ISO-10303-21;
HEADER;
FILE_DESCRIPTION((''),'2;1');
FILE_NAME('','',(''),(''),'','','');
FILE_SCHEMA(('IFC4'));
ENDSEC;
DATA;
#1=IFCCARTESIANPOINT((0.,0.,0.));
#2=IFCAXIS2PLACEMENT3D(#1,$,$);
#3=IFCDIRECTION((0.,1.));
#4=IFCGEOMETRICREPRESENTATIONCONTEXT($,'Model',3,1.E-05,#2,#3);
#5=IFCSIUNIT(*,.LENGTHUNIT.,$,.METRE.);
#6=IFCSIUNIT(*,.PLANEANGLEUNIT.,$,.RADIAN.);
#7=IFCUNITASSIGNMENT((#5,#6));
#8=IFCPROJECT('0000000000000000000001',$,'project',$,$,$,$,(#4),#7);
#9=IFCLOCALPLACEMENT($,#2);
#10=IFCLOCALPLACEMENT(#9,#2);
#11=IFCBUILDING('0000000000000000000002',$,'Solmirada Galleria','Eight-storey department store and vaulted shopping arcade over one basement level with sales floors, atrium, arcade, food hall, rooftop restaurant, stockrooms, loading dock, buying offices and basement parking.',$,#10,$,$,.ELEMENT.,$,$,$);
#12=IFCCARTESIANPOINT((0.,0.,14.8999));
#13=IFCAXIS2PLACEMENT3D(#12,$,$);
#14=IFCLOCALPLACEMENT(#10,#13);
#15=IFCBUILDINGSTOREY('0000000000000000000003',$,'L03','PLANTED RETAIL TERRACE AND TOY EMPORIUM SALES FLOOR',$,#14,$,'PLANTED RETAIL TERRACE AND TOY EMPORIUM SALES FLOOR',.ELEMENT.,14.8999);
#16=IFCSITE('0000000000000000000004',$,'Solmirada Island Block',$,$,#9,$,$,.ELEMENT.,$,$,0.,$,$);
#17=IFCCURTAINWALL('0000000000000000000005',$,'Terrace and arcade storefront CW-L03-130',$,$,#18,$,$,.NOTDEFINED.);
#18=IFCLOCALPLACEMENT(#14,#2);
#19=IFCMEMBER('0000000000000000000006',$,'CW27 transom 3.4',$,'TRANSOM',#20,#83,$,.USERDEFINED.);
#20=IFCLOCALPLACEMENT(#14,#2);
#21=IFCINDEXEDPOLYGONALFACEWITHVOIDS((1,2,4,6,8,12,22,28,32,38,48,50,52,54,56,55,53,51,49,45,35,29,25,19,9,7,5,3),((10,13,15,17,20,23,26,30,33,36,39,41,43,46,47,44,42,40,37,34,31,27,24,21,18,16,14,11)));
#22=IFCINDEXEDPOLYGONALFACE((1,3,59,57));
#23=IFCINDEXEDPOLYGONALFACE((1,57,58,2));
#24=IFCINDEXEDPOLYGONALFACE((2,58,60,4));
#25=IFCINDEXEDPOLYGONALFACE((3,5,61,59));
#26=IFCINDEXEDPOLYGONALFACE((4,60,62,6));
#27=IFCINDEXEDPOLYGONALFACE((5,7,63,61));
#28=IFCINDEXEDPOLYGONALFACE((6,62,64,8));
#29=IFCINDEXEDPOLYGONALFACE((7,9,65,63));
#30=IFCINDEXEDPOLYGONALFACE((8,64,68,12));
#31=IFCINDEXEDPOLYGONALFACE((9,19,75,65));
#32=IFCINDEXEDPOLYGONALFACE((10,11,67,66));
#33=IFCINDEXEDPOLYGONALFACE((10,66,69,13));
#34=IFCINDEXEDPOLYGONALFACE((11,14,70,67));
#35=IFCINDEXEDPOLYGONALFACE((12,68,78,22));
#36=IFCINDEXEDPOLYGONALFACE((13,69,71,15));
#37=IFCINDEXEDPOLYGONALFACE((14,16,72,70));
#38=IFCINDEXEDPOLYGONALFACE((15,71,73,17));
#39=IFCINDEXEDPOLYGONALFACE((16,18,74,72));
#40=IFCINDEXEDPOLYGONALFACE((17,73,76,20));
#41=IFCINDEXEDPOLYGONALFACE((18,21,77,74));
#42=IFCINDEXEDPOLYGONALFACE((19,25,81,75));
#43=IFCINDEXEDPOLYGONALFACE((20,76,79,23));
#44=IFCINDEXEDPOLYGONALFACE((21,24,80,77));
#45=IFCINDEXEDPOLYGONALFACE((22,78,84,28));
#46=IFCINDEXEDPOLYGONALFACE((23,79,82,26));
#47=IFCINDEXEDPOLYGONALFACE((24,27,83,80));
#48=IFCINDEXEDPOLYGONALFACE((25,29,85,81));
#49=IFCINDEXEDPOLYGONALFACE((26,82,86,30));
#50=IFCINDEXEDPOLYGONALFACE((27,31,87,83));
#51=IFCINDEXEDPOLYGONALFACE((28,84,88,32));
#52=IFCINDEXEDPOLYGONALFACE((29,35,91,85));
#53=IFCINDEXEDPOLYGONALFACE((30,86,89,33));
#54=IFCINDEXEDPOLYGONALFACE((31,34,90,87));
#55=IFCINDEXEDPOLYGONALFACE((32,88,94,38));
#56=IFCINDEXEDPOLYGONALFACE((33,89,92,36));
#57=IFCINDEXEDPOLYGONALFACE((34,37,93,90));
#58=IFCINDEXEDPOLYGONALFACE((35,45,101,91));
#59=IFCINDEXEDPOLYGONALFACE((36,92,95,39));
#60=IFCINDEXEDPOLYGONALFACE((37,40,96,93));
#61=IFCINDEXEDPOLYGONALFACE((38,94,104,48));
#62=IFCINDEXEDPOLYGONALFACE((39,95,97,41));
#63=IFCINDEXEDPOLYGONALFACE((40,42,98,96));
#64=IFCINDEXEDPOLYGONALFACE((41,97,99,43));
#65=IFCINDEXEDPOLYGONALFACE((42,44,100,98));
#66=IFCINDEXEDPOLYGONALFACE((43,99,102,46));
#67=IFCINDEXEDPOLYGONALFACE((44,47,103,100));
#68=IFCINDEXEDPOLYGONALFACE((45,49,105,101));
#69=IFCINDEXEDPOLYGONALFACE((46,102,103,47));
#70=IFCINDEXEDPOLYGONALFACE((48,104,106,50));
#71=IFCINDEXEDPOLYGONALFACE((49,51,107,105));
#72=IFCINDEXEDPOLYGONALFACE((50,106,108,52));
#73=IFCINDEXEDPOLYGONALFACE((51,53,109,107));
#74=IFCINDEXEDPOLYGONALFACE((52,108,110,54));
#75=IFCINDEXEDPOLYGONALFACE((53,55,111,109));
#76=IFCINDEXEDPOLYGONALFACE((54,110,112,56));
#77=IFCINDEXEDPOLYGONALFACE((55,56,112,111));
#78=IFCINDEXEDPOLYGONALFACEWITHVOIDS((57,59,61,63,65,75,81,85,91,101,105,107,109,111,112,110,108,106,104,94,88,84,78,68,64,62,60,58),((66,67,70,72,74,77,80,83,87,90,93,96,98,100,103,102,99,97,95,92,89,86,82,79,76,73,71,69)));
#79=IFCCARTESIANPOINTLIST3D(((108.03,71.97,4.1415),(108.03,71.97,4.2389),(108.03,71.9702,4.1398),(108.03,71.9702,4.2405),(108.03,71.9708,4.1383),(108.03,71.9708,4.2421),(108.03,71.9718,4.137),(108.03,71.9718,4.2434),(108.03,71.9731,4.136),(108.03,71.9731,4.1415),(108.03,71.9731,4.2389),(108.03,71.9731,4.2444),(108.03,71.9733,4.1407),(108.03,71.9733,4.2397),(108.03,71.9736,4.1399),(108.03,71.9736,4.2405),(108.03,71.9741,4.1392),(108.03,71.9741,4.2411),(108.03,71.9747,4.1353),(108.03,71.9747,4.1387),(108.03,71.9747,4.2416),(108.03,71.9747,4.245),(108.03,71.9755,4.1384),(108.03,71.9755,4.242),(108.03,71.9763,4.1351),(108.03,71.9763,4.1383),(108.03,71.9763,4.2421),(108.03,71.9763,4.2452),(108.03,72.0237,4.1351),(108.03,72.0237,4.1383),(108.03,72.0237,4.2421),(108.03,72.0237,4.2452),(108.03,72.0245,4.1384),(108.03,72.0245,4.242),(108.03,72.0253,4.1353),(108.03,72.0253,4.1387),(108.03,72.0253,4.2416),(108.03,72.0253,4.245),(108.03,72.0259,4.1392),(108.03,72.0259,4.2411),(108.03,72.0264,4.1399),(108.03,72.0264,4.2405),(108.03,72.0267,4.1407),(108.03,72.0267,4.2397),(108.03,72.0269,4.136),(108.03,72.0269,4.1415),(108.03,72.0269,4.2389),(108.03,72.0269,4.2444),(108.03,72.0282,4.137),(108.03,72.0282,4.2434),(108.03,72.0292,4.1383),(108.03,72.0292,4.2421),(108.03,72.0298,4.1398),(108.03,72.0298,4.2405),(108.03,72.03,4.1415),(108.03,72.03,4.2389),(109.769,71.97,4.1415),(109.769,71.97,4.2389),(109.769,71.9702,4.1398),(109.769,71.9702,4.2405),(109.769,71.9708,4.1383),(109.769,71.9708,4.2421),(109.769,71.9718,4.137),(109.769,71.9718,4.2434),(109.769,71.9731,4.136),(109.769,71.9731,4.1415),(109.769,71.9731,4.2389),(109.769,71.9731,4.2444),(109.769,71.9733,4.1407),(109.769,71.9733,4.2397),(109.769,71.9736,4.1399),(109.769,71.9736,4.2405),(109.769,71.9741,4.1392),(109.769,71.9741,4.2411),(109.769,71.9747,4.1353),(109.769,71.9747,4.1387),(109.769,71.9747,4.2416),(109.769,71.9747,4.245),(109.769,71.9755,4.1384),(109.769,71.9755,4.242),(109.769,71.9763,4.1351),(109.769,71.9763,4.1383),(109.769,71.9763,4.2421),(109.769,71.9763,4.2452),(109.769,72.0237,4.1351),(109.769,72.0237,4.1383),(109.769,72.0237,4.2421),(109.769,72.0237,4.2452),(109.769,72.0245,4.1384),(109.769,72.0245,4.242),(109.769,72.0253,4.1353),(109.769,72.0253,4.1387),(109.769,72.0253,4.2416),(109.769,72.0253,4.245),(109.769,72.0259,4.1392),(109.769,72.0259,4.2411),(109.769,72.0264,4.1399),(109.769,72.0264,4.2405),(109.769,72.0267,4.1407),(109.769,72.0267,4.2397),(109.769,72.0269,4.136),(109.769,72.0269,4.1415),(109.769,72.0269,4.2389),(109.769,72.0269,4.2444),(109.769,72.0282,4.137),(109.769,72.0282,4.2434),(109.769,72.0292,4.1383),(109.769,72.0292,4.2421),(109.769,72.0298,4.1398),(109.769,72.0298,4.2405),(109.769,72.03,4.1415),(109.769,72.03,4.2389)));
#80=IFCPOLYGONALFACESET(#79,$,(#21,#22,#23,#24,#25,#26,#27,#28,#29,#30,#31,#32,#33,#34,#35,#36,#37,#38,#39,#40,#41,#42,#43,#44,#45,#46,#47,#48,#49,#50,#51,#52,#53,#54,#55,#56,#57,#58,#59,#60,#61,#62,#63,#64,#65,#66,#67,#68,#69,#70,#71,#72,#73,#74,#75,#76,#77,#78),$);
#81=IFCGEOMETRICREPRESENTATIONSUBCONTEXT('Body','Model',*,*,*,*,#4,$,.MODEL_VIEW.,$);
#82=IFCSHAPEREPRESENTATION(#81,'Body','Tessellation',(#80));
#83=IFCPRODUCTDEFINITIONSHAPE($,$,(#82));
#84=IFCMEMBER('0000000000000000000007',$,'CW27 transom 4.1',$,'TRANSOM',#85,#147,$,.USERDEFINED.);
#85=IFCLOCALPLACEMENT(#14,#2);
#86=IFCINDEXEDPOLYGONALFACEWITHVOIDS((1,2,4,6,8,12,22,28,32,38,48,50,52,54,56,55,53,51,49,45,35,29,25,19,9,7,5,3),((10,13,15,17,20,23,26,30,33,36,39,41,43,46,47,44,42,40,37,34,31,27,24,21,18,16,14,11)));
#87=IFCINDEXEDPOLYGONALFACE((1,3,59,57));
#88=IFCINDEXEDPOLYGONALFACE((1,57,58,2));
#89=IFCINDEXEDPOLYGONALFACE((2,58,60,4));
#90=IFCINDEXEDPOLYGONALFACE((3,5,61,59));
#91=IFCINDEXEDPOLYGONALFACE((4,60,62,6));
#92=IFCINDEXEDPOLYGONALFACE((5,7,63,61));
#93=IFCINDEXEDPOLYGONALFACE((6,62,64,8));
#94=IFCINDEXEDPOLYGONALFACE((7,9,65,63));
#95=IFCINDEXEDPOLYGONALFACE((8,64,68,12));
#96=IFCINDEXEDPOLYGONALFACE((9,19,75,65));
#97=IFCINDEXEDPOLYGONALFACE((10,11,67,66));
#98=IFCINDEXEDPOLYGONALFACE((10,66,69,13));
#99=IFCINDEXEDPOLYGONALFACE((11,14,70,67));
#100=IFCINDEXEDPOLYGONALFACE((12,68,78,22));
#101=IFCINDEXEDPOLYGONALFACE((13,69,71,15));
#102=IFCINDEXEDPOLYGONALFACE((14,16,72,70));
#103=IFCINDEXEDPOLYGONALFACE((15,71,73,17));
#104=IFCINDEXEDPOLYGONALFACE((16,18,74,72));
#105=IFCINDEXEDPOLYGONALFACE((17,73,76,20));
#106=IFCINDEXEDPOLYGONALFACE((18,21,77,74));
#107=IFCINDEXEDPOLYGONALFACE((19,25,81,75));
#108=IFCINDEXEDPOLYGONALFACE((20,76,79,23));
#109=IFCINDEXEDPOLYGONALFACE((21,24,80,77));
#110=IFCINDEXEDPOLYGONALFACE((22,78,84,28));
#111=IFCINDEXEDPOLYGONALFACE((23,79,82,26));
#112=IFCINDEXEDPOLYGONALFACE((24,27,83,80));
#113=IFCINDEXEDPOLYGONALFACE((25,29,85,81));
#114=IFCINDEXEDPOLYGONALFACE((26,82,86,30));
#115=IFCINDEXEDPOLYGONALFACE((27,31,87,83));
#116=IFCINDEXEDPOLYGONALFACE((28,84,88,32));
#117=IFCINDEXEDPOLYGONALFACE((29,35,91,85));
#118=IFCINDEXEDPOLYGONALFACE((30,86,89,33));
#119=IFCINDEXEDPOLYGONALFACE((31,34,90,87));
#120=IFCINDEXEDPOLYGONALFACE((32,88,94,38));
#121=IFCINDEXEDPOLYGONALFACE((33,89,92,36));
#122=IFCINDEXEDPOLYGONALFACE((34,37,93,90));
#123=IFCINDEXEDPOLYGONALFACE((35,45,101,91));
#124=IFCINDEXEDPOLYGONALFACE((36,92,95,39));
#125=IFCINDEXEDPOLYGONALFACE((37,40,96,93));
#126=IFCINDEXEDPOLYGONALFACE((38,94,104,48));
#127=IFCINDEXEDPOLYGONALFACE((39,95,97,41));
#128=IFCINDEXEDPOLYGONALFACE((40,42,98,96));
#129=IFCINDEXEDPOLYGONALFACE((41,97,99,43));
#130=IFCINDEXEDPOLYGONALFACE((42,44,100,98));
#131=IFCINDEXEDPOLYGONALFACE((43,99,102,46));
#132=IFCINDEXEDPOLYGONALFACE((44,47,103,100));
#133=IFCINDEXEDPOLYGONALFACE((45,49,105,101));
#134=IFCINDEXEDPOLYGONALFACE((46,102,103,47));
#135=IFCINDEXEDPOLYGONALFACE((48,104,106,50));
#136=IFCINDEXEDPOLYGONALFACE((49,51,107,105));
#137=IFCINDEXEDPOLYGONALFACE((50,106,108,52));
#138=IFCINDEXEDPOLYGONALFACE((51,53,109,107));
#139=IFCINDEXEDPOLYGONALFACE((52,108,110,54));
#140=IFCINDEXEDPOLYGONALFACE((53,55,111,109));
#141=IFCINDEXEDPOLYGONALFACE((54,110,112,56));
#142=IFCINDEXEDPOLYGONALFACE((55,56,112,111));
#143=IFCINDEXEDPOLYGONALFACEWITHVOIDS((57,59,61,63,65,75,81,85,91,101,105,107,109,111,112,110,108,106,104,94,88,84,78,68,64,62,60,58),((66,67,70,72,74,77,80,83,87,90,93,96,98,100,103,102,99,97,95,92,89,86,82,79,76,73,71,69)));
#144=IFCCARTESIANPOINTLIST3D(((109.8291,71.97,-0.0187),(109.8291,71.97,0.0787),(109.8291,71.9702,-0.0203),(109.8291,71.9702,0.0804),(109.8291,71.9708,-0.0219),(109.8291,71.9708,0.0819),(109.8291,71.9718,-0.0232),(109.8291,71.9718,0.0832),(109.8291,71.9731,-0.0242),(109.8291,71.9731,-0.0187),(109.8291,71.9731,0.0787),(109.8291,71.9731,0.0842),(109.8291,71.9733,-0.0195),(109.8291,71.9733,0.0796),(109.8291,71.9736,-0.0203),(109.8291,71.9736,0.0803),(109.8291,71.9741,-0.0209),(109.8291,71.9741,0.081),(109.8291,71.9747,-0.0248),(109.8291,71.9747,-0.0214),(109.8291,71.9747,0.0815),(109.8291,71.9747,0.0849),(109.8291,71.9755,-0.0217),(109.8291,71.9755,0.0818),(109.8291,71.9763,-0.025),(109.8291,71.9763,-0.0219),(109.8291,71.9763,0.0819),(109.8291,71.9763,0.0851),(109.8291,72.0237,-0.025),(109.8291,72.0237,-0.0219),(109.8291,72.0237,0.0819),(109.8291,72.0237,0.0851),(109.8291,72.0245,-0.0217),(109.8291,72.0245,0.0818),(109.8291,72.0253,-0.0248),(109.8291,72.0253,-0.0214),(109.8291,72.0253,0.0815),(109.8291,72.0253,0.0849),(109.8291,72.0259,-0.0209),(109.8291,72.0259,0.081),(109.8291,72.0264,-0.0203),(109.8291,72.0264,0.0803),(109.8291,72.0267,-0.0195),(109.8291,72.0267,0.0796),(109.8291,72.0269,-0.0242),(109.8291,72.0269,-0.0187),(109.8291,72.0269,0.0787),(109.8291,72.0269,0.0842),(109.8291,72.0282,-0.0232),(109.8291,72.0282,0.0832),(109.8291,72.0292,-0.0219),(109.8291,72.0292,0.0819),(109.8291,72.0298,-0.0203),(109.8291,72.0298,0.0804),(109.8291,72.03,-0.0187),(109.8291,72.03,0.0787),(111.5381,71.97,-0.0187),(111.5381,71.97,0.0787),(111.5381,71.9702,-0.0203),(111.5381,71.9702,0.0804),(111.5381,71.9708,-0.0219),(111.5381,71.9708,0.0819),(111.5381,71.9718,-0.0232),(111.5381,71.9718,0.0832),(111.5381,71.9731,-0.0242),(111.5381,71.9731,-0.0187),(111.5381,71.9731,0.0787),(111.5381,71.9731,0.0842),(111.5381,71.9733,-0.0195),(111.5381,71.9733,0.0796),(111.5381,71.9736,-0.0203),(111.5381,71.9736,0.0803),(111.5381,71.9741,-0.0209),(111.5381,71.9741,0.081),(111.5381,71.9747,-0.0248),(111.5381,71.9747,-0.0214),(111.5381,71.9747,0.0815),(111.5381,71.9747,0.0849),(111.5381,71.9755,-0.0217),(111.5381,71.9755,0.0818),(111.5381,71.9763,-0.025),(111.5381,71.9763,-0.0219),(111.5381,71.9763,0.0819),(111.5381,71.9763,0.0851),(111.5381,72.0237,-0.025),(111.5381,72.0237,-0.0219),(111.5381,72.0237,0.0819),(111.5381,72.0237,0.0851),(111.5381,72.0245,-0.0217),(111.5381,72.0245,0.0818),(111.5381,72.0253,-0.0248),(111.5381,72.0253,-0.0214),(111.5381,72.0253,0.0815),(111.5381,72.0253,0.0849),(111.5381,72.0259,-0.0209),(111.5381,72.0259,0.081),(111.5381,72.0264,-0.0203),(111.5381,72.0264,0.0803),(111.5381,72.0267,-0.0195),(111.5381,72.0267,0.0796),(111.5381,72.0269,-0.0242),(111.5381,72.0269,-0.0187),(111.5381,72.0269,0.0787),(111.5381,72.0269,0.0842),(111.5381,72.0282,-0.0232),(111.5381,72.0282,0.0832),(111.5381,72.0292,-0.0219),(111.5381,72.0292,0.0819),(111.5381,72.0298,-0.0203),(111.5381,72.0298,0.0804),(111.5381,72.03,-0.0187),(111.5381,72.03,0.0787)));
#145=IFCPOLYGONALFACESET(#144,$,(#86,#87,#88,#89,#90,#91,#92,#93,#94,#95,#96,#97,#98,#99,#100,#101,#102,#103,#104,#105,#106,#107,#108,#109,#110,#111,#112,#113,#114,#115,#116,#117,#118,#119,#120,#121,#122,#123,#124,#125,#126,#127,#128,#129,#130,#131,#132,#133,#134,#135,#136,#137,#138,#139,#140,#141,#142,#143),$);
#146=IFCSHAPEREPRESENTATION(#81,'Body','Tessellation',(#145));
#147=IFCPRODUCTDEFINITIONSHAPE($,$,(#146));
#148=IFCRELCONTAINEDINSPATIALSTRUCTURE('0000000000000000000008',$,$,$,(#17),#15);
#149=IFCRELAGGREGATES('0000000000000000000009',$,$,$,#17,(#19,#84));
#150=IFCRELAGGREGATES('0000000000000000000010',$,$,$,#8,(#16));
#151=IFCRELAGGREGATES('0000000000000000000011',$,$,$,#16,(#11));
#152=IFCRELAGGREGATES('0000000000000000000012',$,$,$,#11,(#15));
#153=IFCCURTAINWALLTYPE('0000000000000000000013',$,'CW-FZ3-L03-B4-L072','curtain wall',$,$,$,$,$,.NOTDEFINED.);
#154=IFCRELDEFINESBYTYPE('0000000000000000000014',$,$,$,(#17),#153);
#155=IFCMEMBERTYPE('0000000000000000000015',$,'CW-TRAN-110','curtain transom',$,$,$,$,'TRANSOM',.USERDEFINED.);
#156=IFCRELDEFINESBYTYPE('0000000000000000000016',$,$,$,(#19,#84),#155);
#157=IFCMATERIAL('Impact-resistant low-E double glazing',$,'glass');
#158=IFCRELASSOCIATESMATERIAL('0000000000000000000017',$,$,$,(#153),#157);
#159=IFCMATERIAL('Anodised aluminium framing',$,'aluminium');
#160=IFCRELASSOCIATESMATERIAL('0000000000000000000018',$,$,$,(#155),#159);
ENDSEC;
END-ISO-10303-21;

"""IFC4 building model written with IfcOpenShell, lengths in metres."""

from ifc_helpers import new_model, si_unit, direction, frame, origin, origin_2d, place, context, subcontext, project, spatial, hollow_rectangle, extrude, material, material_profile, profile_set, type_object, element, aggregate, save


model = new_model("IFC4")

# Units and contexts
model_context = context("Model", 3, precision=1e-05, world=origin(), true_north=direction((0.0, 1.0)))
body_context = subcontext(model_context, "Body", "Model", "MODEL_VIEW")
ifc_project = project(units=[si_unit("LENGTHUNIT", "METRE"), si_unit("PLANEANGLEUNIT", "RADIAN")], contexts=[model_context])

# Site, building, storey
site_placement = place(None, origin())
site = spatial("IfcSite", under=ifc_project, at=site_placement, Name="Solmirada Island Block", CompositionType="ELEMENT", RefElevation=0.0)
building_placement = place(site_placement, origin())
building = spatial("IfcBuilding", under=site, at=building_placement, Name="Solmirada Galleria", Description="Eight-storey department store and vaulted shopping arcade over one basement level with sales floors, atrium, arcade, food hall, rooftop restaurant, stockrooms, loading dock, buying offices and basement parking.", CompositionType="ELEMENT")
storey_placement = place(building_placement, frame((0.0, 0.0, 14.8999)))
storey = spatial("IfcBuildingStorey", under=building, at=storey_placement, Name="L03", Description="PLANTED RETAIL TERRACE AND TOY EMPORIUM SALES FLOOR", LongName="PLANTED RETAIL TERRACE AND TOY EMPORIUM SALES FLOOR", CompositionType="ELEMENT", Elevation=14.8999)

# Shared definitions
ifc_material_1 = material(Name="Impact-resistant low-E double glazing", Category="glass")
ifc_material_2 = material(Name="Anodised aluminium framing", Category="aluminium")

# Curtain wall
curtain_wall_type_1 = type_object("IfcCurtainWallType", Name="CW-FZ3-L03-B4-L072", Description="curtain wall", PredefinedType="NOTDEFINED", material=ifc_material_1)
curtain_wall_1_placement = place(storey_placement, origin())
curtain_wall_1 = element("IfcCurtainWall", 1, at=curtain_wall_1_placement, inside=storey, type_object=curtain_wall_type_1, Name="Terrace and arcade storefront CW-L03-130", PredefinedType="NOTDEFINED")

# Members
ifc_material_profile_1 = material_profile(ifc_material_2, hollow_rectangle(XDim=0.0601, YDim=0.1101, WallThickness=0.0032, InnerFilletRadius=0.0032, OuterFilletRadius=0.0063, at=origin_2d()), Name="ALU-TRAN-110X60")
ifc_profile_set_1 = profile_set([ifc_material_profile_1], Name="Anodised aluminium framing")
member_type_1 = type_object("IfcMemberType", Name="CW-TRAN-110", Description="curtain transom", ElementType="TRANSOM", PredefinedType="USERDEFINED", material=ifc_profile_set_1)
member_1_placement = place(storey_placement, frame((108.03, 72.0, 4.1902), z_axis=(1.0, 0.0, 0.0), x_axis=(0.0, 1.0, 0.0)))
member_1 = element("IfcMember", 2, at=member_1_placement, type_object=member_type_1, Name="CW27 transom 3.4", ObjectType="TRANSOM", PredefinedType="USERDEFINED", context=body_context, shape_type="SweptSolid", body=[
    extrude(hollow_rectangle(XDim=0.0601, YDim=0.1101, WallThickness=0.0032, InnerFilletRadius=0.0032, OuterFilletRadius=0.0063, at=origin_2d()), origin(), (0.0, 0.0, 1.0), 1.739),
])
member_2_placement = place(storey_placement, frame((109.8291, 72.0, 0.03), z_axis=(1.0, 0.0, 0.0), x_axis=(0.0, 1.0, 0.0)))
member_2 = element("IfcMember", 3, at=member_2_placement, type_object=member_type_1, Name="CW27 transom 4.1", ObjectType="TRANSOM", PredefinedType="USERDEFINED", context=body_context, shape_type="SweptSolid", body=[
    extrude(hollow_rectangle(XDim=0.0601, YDim=0.1101, WallThickness=0.0032, InnerFilletRadius=0.0032, OuterFilletRadius=0.0063, at=origin_2d()), origin(), (0.0, 0.0, 1.0), 1.709),
])

aggregate(curtain_wall_1, [member_1, member_2])

save(model, "model.ifc")
